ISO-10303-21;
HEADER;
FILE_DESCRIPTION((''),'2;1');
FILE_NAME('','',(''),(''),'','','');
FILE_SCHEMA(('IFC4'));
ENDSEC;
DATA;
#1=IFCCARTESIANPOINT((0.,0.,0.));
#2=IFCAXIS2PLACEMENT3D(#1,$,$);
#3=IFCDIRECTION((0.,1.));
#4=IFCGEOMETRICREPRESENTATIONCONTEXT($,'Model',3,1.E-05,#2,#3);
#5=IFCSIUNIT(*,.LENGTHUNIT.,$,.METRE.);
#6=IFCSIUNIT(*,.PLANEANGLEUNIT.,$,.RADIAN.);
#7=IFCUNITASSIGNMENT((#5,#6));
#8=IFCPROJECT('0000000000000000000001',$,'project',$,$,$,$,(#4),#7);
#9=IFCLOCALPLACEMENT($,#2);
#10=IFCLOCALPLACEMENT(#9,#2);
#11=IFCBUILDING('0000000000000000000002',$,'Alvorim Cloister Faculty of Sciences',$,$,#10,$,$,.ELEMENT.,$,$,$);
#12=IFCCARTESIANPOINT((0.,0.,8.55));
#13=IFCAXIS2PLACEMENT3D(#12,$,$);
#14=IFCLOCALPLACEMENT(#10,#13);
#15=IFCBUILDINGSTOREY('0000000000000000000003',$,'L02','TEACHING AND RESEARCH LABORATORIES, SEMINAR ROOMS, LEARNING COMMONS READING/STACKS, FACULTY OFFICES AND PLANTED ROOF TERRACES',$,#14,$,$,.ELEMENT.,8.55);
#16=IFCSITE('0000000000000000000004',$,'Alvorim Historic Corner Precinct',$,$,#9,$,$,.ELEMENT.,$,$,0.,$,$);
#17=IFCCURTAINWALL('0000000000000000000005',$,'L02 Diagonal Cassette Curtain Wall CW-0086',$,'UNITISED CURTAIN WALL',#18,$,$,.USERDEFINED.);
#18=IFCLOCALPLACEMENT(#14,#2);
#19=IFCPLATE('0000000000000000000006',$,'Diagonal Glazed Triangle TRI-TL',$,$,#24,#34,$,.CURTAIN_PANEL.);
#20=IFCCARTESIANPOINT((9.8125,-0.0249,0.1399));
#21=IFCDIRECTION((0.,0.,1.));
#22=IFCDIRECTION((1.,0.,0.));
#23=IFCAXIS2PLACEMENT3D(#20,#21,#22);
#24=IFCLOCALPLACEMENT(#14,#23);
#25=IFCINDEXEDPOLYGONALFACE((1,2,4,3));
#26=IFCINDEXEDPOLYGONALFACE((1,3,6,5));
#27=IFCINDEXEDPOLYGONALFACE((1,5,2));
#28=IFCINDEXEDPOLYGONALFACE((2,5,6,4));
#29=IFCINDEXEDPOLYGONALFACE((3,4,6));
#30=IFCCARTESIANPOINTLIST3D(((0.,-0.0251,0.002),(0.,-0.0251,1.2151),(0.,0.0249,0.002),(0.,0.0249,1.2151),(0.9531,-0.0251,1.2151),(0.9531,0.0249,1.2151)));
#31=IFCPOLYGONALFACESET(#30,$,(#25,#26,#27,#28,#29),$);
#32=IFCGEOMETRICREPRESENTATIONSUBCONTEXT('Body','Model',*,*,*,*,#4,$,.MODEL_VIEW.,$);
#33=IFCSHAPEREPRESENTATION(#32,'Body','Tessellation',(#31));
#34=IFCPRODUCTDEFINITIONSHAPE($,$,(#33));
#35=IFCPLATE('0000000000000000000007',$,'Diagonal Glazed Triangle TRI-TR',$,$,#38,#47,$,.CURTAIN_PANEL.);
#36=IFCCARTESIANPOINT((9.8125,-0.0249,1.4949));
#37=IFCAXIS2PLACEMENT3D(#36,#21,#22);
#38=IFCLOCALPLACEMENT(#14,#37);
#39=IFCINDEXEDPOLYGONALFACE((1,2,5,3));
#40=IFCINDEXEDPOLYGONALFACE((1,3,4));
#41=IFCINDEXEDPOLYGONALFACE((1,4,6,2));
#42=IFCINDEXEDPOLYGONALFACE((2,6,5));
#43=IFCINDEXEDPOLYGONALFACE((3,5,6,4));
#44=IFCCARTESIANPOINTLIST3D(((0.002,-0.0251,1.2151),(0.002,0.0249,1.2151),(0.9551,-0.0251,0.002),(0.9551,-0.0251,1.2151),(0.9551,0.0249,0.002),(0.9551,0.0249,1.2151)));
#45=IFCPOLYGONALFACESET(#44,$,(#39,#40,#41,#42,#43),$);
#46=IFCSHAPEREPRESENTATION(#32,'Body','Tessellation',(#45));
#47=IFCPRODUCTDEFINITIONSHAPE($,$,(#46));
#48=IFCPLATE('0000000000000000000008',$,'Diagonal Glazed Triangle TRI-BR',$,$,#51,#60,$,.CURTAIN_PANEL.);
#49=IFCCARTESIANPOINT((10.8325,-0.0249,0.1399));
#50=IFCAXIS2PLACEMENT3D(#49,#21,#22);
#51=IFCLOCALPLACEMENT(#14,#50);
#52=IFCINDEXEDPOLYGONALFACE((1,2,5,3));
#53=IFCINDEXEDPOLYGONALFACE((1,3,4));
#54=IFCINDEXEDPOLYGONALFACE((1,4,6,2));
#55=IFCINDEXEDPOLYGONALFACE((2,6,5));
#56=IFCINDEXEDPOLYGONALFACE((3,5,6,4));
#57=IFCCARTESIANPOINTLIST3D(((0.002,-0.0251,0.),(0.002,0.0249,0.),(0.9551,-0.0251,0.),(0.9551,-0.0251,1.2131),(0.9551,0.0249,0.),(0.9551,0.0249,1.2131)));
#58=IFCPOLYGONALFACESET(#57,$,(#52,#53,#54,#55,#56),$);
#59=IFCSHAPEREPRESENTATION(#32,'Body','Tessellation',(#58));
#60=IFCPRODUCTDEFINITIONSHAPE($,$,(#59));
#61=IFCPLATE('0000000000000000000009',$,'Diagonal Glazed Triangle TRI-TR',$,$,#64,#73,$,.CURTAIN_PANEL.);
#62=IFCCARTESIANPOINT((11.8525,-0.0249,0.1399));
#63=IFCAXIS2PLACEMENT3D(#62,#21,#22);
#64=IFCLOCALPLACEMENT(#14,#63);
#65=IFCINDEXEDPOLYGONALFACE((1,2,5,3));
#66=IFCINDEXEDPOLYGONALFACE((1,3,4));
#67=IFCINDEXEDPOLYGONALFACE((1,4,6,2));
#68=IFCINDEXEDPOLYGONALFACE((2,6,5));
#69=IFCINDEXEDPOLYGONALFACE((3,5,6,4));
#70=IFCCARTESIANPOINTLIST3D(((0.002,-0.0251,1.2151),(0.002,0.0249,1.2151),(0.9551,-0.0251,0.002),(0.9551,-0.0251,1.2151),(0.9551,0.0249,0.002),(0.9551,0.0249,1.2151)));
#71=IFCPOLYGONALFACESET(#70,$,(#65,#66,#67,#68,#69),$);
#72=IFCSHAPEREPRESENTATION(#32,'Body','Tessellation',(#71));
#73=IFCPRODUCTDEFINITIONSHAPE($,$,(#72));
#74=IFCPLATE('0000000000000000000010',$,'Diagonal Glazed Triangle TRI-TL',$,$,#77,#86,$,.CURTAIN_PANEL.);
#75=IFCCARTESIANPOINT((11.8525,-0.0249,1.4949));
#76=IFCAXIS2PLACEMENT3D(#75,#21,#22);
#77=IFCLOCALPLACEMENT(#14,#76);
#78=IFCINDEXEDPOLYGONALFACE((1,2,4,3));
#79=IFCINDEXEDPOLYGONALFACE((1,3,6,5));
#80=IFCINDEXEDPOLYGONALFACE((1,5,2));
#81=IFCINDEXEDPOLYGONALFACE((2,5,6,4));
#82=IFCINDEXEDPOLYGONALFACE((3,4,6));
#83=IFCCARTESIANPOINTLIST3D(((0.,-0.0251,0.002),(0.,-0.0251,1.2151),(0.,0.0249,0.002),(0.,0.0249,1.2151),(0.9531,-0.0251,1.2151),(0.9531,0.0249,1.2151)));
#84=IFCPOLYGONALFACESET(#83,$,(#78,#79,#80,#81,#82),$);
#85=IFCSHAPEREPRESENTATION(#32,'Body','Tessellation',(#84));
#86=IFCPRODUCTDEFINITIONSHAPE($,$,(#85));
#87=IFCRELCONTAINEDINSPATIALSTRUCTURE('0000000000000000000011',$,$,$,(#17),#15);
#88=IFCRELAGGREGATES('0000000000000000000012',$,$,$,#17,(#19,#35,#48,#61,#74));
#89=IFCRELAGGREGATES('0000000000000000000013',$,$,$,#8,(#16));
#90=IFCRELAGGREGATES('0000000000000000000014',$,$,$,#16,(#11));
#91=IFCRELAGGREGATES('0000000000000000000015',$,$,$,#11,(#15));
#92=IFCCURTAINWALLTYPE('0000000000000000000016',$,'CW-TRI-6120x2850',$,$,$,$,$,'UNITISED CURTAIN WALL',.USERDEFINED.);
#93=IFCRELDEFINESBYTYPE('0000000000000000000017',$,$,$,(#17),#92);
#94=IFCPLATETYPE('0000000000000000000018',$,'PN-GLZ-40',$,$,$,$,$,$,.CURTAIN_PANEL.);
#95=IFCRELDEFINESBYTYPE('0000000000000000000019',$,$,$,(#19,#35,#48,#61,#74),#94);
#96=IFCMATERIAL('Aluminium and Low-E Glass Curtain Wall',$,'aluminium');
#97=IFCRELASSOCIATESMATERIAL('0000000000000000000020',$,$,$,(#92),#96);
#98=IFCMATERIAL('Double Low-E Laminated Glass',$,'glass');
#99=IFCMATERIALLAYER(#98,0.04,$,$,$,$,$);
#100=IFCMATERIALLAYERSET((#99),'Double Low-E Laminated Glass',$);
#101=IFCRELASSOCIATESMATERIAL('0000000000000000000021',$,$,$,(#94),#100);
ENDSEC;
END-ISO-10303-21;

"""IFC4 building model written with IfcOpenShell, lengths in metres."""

from ifc_helpers import new_model, si_unit, direction, frame, origin, place, context, subcontext, project, spatial, polyline, outline, extrude, material, layer, layer_set, type_object, element, aggregate, save


model = new_model("IFC4")

# Units and contexts
model_context = context("Model", 3, precision=1e-05, world=origin(), true_north=direction((0.0, 1.0)))
body_context = subcontext(model_context, "Body", "Model", "MODEL_VIEW")
ifc_project = project(units=[si_unit("LENGTHUNIT", "METRE"), si_unit("PLANEANGLEUNIT", "RADIAN")], contexts=[model_context])

# Site, building, storey
site_placement = place(None, origin())
site = spatial("IfcSite", under=ifc_project, at=site_placement, Name="Alvorim Historic Corner Precinct", CompositionType="ELEMENT", RefElevation=0.0)
building_placement = place(site_placement, origin())
building = spatial("IfcBuilding", under=site, at=building_placement, Name="Alvorim Cloister Faculty of Sciences", CompositionType="ELEMENT")
storey_placement = place(building_placement, frame((0.0, 0.0, 8.55)))
storey = spatial("IfcBuildingStorey", under=building, at=storey_placement, Name="L02", Description="TEACHING AND RESEARCH LABORATORIES, SEMINAR ROOMS, LEARNING COMMONS READING/STACKS, FACULTY OFFICES AND PLANTED ROOF TERRACES", CompositionType="ELEMENT", Elevation=8.55)

# Curtain wall, plates
ifc_material_1 = material(Name="Aluminium and Low-E Glass Curtain Wall", Category="aluminium")
curtain_wall_type = type_object("IfcCurtainWallType", Name="CW-TRI-6120x2850", ElementType="UNITISED CURTAIN WALL", PredefinedType="USERDEFINED", material=ifc_material_1)
curtain_wall_placement = place(storey_placement, origin())
curtain_wall = element("IfcCurtainWall", 1, at=curtain_wall_placement, inside=storey, type_object=curtain_wall_type, Name="L02 Diagonal Cassette Curtain Wall CW-0086", ObjectType="UNITISED CURTAIN WALL", PredefinedType="USERDEFINED")
ifc_material_2 = material(Name="Double Low-E Laminated Glass", Category="glass")
ifc_layer_1 = layer(ifc_material_2, 0.04)
ifc_layer_set_1 = layer_set([ifc_layer_1], Name="Double Low-E Laminated Glass")
plate_type = type_object("IfcPlateType", Name="PN-GLZ-40", PredefinedType="CURTAIN_PANEL", material=ifc_layer_set_1)
plate_1_placement = place(storey_placement, frame((9.8125, -0.0249, 0.1399), z_axis=(0.0, 0.0, 1.0), x_axis=(1.0, 0.0, 0.0)))
plate_1 = element("IfcPlate", 2, at=plate_1_placement, type_object=plate_type, Name="Diagonal Glazed Triangle TRI-TL", PredefinedType="CURTAIN_PANEL", context=body_context, shape_type="SweptSolid", body=[
    extrude(outline(polyline([(0.9531, 1.2151), (0.0, 1.2151), (0.0, 0.002), (0.9531, 1.2151)])), frame((0.0, 0.0249, 0.0), z_axis=(0.0, -1.0, 0.0), x_axis=(1.0, 0.0, 0.0)), (0.0, 0.0, 1.0), 0.05),
])
plate_2_placement = place(storey_placement, frame((9.8125, -0.0249, 1.4949), z_axis=(0.0, 0.0, 1.0), x_axis=(1.0, 0.0, 0.0)))
plate_2 = element("IfcPlate", 3, at=plate_2_placement, type_object=plate_type, Name="Diagonal Glazed Triangle TRI-TR", PredefinedType="CURTAIN_PANEL", context=body_context, shape_type="SweptSolid", body=[
    extrude(outline(polyline([(0.9551, 0.002), (0.9551, 1.2151), (0.002, 1.2151), (0.9551, 0.002)])), frame((0.0, 0.0249, 0.0), z_axis=(0.0, -1.0, 0.0), x_axis=(1.0, 0.0, 0.0)), (0.0, 0.0, 1.0), 0.05),
])
plate_3_placement = place(storey_placement, frame((10.8325, -0.0249, 0.1399), z_axis=(0.0, 0.0, 1.0), x_axis=(1.0, 0.0, 0.0)))
plate_3 = element("IfcPlate", 4, at=plate_3_placement, type_object=plate_type, Name="Diagonal Glazed Triangle TRI-BR", PredefinedType="CURTAIN_PANEL", context=body_context, shape_type="SweptSolid", body=[
    extrude(outline(polyline([(0.002, 0.0), (0.9551, 0.0), (0.9551, 1.2131), (0.002, 0.0)])), frame((0.0, 0.0249, 0.0), z_axis=(0.0, -1.0, 0.0), x_axis=(1.0, 0.0, 0.0)), (0.0, 0.0, 1.0), 0.05),
])
plate_4_placement = place(storey_placement, frame((11.8525, -0.0249, 0.1399), z_axis=(0.0, 0.0, 1.0), x_axis=(1.0, 0.0, 0.0)))
plate_4 = element("IfcPlate", 5, at=plate_4_placement, type_object=plate_type, Name="Diagonal Glazed Triangle TRI-TR", PredefinedType="CURTAIN_PANEL", context=body_context, shape_type="SweptSolid", body=[
    extrude(outline(polyline([(0.9551, 0.002), (0.9551, 1.2151), (0.002, 1.2151), (0.9551, 0.002)])), frame((0.0, 0.0249, 0.0), z_axis=(0.0, -1.0, 0.0), x_axis=(1.0, 0.0, 0.0)), (0.0, 0.0, 1.0), 0.05),
])
plate_5_placement = place(storey_placement, frame((11.8525, -0.0249, 1.4949), z_axis=(0.0, 0.0, 1.0), x_axis=(1.0, 0.0, 0.0)))
plate_5 = element("IfcPlate", 6, at=plate_5_placement, type_object=plate_type, Name="Diagonal Glazed Triangle TRI-TL", PredefinedType="CURTAIN_PANEL", context=body_context, shape_type="SweptSolid", body=[
    extrude(outline(polyline([(0.9531, 1.2151), (0.0, 1.2151), (0.0, 0.002), (0.9531, 1.2151)])), frame((0.0, 0.0249, 0.0), z_axis=(0.0, -1.0, 0.0), x_axis=(1.0, 0.0, 0.0)), (0.0, 0.0, 1.0), 0.05),
])
aggregate(curtain_wall, [plate_1, plate_2, plate_3, plate_4, plate_5])

save(model, "model.ifc")
